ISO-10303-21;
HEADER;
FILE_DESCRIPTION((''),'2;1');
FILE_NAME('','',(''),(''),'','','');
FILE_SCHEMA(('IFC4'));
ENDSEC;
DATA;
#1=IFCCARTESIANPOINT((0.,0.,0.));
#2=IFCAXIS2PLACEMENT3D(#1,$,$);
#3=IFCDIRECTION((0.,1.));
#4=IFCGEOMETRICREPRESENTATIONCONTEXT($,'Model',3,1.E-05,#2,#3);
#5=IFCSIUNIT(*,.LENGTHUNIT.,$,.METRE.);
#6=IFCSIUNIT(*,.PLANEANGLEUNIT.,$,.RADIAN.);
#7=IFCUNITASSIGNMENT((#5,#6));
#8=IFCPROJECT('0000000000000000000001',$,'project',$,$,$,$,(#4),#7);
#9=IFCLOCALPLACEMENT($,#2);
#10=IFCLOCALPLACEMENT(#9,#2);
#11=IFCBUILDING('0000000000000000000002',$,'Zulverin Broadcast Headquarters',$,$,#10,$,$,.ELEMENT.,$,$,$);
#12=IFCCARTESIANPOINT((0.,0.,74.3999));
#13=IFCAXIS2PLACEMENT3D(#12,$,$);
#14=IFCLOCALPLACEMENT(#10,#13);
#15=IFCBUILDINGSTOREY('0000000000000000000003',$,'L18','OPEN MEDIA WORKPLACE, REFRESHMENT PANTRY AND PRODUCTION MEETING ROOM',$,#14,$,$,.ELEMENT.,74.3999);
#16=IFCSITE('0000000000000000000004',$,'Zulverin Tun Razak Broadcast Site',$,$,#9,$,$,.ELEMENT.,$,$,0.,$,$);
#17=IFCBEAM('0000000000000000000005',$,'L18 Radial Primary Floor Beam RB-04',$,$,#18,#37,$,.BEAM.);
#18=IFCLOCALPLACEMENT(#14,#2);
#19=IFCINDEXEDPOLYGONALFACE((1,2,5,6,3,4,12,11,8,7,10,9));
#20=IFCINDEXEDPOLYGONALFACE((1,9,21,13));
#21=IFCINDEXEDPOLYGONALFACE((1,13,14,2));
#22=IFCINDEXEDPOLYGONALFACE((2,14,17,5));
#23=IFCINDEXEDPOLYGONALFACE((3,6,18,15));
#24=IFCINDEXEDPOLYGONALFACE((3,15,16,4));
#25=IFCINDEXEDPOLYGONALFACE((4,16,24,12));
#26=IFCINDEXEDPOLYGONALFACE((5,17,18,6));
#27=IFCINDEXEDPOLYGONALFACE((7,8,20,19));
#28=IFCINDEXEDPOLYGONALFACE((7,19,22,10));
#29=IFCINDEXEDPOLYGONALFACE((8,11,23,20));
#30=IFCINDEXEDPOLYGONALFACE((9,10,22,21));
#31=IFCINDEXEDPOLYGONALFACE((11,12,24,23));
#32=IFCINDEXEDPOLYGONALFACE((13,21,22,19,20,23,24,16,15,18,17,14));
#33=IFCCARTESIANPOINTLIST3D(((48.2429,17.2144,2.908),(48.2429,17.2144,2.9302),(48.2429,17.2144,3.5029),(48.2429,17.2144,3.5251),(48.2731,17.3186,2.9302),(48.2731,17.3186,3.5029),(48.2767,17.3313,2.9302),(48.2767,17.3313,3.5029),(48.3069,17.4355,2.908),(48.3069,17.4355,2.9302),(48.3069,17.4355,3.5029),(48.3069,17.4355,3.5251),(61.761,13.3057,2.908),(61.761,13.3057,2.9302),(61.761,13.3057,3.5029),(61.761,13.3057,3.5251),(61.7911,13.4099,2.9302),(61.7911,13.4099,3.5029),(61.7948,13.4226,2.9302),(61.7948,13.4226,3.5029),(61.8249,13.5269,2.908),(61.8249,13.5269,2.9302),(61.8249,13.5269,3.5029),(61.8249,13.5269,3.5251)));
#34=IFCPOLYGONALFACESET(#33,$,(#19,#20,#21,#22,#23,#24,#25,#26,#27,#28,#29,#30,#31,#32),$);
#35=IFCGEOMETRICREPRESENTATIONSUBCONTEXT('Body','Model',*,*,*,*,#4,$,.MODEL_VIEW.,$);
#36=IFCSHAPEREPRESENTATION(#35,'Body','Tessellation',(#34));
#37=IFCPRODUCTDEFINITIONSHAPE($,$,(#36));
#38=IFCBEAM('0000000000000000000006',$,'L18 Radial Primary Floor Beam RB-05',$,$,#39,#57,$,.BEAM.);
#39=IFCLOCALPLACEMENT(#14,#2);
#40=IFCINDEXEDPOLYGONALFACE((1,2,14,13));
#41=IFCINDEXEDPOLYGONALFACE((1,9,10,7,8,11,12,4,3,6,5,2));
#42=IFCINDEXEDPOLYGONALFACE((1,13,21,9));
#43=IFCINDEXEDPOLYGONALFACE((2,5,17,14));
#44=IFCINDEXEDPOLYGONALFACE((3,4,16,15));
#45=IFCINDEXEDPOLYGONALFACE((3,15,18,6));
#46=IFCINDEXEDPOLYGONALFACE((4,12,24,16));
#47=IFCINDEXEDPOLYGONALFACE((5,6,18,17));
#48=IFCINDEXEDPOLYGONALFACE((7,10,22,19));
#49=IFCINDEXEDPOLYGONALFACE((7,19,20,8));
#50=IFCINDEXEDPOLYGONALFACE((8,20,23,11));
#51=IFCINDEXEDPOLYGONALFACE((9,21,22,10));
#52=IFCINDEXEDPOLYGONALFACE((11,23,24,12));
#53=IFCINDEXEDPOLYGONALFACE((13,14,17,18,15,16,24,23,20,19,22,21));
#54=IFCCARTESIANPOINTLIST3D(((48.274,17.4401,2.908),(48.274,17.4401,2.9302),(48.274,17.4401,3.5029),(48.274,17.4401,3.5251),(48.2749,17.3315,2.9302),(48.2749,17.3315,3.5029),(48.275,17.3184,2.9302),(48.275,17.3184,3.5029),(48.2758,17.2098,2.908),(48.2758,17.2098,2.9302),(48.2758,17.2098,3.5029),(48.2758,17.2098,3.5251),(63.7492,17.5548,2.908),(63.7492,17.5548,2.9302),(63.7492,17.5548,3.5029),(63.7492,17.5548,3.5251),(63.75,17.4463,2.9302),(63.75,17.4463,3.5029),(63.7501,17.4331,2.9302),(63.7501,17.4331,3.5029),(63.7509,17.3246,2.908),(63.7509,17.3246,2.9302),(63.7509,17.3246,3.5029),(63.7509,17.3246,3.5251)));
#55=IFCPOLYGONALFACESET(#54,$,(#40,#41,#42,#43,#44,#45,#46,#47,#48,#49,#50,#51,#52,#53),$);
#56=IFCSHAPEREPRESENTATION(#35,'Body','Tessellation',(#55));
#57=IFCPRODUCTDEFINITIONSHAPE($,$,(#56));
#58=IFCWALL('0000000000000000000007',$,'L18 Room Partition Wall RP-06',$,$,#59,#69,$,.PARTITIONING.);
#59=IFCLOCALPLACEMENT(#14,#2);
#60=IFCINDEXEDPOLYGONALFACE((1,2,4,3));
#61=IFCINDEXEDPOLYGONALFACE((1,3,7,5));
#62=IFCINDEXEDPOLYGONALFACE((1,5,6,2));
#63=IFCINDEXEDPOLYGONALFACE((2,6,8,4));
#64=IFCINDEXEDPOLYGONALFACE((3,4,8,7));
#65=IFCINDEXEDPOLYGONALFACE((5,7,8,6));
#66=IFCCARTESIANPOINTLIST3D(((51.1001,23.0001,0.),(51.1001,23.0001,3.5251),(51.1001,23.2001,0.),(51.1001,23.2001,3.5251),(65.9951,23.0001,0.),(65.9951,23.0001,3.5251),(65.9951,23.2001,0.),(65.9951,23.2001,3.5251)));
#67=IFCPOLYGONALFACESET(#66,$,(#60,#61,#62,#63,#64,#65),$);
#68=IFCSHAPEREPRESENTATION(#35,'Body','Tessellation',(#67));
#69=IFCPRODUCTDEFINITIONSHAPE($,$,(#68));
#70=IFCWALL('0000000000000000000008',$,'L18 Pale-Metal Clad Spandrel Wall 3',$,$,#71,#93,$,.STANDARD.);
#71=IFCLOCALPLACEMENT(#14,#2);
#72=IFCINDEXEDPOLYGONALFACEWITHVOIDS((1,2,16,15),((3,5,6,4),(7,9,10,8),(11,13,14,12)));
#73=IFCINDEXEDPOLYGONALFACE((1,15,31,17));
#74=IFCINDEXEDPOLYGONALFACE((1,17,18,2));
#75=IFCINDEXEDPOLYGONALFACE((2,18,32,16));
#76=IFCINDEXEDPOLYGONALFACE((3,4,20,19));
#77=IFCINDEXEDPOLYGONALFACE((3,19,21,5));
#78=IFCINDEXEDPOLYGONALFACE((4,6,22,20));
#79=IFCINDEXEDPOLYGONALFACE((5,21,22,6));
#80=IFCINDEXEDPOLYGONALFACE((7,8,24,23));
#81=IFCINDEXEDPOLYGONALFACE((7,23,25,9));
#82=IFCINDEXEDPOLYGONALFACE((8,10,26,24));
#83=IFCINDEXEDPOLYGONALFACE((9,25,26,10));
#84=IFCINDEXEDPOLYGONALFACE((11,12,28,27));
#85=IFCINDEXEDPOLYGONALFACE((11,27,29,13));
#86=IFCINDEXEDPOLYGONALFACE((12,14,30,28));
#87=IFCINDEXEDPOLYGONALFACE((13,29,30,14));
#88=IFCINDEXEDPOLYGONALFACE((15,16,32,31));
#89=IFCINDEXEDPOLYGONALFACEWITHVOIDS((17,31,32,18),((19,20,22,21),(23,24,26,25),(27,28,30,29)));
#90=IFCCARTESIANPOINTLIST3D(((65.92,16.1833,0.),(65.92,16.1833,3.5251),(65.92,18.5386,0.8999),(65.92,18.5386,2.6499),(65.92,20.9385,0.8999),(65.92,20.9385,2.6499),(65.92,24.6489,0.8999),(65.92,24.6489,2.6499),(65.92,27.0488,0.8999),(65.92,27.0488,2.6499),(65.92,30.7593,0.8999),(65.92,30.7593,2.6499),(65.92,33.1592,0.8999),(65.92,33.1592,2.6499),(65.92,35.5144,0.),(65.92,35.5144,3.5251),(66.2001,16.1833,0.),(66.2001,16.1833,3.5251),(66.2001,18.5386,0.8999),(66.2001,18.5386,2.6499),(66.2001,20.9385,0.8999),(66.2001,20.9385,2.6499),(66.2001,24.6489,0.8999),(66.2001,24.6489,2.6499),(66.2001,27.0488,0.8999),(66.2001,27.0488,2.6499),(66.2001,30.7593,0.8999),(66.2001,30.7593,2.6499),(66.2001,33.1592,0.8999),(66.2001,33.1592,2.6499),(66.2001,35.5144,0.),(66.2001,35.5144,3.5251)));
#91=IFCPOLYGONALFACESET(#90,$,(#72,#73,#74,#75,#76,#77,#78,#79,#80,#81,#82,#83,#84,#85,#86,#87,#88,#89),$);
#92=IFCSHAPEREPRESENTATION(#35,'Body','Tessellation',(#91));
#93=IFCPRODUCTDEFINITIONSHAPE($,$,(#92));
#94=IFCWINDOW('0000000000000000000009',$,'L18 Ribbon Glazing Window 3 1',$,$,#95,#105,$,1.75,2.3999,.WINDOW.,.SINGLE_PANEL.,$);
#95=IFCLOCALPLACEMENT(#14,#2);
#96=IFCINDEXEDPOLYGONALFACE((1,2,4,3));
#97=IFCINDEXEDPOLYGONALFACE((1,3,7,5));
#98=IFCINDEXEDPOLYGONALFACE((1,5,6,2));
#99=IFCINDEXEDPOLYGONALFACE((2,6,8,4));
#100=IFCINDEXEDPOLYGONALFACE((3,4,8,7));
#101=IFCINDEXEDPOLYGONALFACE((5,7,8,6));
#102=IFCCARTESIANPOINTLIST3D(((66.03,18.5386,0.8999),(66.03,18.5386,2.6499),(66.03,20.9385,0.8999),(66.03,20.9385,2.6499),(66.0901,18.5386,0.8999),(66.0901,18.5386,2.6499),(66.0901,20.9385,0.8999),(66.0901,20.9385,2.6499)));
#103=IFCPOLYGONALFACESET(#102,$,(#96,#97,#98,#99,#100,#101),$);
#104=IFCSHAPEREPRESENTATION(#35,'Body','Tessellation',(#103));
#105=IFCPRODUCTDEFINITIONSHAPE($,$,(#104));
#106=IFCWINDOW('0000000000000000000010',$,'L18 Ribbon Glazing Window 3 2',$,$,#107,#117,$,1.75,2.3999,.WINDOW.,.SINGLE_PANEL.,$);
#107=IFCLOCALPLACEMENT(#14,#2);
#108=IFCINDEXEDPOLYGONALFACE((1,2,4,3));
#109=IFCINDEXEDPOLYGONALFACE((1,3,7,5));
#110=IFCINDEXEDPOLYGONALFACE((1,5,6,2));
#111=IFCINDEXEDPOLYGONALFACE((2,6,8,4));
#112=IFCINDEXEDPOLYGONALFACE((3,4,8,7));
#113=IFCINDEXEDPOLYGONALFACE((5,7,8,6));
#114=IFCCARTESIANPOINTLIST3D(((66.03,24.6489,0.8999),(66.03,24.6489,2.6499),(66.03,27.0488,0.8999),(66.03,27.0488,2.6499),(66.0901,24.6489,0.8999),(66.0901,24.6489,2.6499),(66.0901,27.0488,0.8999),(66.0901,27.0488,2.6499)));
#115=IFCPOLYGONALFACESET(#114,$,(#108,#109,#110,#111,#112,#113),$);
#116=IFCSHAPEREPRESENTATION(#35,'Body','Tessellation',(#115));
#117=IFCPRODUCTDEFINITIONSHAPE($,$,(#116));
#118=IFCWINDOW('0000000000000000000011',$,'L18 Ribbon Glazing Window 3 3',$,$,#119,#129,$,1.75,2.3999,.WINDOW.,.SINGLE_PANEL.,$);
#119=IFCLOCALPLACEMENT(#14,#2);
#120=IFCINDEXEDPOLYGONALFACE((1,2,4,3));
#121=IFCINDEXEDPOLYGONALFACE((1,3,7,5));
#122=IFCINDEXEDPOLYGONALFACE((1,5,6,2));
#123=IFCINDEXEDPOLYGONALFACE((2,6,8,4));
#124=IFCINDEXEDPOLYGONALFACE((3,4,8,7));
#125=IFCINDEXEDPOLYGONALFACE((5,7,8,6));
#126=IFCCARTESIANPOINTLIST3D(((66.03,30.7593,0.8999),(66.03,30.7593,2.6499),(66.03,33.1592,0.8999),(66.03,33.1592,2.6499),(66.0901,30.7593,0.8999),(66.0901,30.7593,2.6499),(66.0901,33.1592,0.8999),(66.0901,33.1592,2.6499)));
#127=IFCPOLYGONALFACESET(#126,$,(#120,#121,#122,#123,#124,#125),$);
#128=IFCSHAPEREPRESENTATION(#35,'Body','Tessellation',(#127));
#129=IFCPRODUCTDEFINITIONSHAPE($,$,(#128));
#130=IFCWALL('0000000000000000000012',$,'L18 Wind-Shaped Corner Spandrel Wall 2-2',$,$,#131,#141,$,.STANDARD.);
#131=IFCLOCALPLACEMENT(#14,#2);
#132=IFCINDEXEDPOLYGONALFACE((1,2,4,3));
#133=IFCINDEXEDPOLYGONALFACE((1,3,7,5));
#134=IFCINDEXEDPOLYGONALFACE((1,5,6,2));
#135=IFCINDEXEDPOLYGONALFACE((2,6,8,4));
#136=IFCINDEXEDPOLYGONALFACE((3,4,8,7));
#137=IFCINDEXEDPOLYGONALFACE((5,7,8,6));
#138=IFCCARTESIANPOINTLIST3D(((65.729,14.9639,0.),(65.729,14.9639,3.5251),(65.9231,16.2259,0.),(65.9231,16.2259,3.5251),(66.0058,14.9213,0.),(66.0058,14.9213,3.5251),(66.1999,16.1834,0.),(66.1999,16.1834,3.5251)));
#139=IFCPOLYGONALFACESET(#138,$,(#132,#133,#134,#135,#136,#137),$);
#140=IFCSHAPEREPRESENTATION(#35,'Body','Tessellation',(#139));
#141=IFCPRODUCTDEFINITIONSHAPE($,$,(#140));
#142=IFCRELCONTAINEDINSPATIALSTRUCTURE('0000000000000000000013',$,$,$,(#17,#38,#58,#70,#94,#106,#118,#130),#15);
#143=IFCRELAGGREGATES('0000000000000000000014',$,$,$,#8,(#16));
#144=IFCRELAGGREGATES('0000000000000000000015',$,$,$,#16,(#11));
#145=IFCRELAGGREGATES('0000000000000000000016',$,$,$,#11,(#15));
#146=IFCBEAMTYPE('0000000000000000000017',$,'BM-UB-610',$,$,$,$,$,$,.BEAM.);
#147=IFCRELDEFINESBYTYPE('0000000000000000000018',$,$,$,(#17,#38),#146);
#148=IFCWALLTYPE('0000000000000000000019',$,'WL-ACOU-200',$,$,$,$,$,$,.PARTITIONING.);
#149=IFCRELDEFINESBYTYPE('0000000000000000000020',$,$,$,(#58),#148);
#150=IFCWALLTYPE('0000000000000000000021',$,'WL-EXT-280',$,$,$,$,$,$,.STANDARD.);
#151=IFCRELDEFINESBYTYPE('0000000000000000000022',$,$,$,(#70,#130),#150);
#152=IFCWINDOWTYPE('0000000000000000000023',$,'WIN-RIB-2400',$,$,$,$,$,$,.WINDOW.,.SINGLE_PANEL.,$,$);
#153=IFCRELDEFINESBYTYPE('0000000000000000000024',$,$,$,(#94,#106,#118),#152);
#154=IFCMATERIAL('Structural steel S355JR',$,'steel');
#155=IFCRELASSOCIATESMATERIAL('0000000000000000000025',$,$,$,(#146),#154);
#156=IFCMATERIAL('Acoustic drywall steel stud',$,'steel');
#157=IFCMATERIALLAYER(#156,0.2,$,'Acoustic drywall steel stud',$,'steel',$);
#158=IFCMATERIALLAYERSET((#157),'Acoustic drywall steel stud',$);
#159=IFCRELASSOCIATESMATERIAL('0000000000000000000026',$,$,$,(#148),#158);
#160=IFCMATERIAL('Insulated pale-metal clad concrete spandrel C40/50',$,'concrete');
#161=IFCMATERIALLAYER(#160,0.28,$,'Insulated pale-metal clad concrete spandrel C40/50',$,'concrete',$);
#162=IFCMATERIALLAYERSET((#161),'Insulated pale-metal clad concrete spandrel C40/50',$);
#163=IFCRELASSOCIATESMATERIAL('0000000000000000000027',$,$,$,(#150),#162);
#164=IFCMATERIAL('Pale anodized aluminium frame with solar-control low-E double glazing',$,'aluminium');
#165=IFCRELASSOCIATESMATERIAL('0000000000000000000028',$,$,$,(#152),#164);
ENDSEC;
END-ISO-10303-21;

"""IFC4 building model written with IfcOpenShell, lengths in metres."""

from ifc_helpers import new_model, si_unit, direction, frame, frame_2d, origin, origin_2d, place, context, subcontext, project, spatial, rectangle, i_section, extrude, material, layer, layer_set, material_profile, profile_set, type_object, element, fill, save


model = new_model("IFC4")

# Units and contexts
model_context = context("Model", 3, precision=1e-05, world=origin(), true_north=direction((0.0, 1.0)))
body_context = subcontext(model_context, "Body", "Model", "MODEL_VIEW")
ifc_project = project(units=[si_unit("LENGTHUNIT", "METRE"), si_unit("PLANEANGLEUNIT", "RADIAN")], contexts=[model_context])

# Site, building, storey
site_placement = place(None, origin())
site = spatial("IfcSite", under=ifc_project, at=site_placement, Name="Zulverin Tun Razak Broadcast Site", CompositionType="ELEMENT", RefElevation=0.0)
building_placement = place(site_placement, origin())
building = spatial("IfcBuilding", under=site, at=building_placement, Name="Zulverin Broadcast Headquarters", CompositionType="ELEMENT")
storey_placement = place(building_placement, frame((0.0, 0.0, 74.3999)))
storey = spatial("IfcBuildingStorey", under=building, at=storey_placement, Name="L18", Description="OPEN MEDIA WORKPLACE, REFRESHMENT PANTRY AND PRODUCTION MEETING ROOM", CompositionType="ELEMENT", Elevation=74.3999)

# Beams
ifc_material_1 = material(Name="Structural steel S355JR", Category="steel")
ifc_material_profile_1 = material_profile(ifc_material_1, i_section(OverallWidth=0.2302, OverallDepth=0.6172, WebThickness=0.0132, FlangeThickness=0.0222, at=origin_2d()), Name="Structural steel S355JR", Category="steel")
ifc_profile_set_1 = profile_set([ifc_material_profile_1], Name="Structural steel S355JR")
beam_type_1 = type_object("IfcBeamType", Name="BM-UB-610", PredefinedType="BEAM", material=ifc_profile_set_1)
beam_1_placement = place(storey_placement, frame((48.2749, 17.325, 3.2166), z_axis=(0.960648, -0.277767, 0.0), x_axis=(0.277767, 0.960648, 0.0)))
element("IfcBeam", 1, at=beam_1_placement, inside=storey, type_object=beam_type_1, Name="L18 Radial Primary Floor Beam RB-04", PredefinedType="BEAM", context=body_context, shape_type="SweptSolid", body=[
    extrude(i_section(OverallWidth=0.2302, OverallDepth=0.6172, WebThickness=0.0132, FlangeThickness=0.0222, at=origin_2d()), origin(), (0.0, 0.0, 1.0), 14.0718),
])
beam_2_placement = place(storey_placement, frame((48.2749, 17.325, 3.2166), z_axis=(0.999973, 0.007415, 0.0), x_axis=(-0.007415, 0.999973, 0.0)))
element("IfcBeam", 2, at=beam_2_placement, inside=storey, type_object=beam_type_1, Name="L18 Radial Primary Floor Beam RB-05", PredefinedType="BEAM", context=body_context, shape_type="SweptSolid", body=[
    extrude(i_section(OverallWidth=0.2302, OverallDepth=0.6172, WebThickness=0.0132, FlangeThickness=0.0222, at=origin_2d()), origin(), (0.0, 0.0, 1.0), 15.4756),
])

# Wall
ifc_material_2 = material(Name="Acoustic drywall steel stud", Category="steel")
ifc_layer_1 = layer(ifc_material_2, 0.2, Name="Acoustic drywall steel stud", Category="steel")
ifc_layer_set_1 = layer_set([ifc_layer_1], Name="Acoustic drywall steel stud")
wall_type_1 = type_object("IfcWallType", Name="WL-ACOU-200", PredefinedType="PARTITIONING", material=ifc_layer_set_1)
wall_1_placement = place(storey_placement, frame((51.1001, 23.1001, 0.0), z_axis=(0.0, 0.0, 1.0), x_axis=(1.0, 0.0, 0.0)))
element("IfcWall", 3, at=wall_1_placement, inside=storey, type_object=wall_type_1, Name="L18 Room Partition Wall RP-06", PredefinedType="PARTITIONING", context=body_context, shape_type="SweptSolid", body=[
    extrude(rectangle(XDim=14.895, YDim=0.2, at=frame_2d((7.4475, 0.0))), origin(), (0.0, 0.0, 1.0), 3.5251),
])

# Wall, openings, windows
ifc_material_3 = material(Name="Insulated pale-metal clad concrete spandrel C40/50", Category="concrete")
ifc_layer_2 = layer(ifc_material_3, 0.28, Name="Insulated pale-metal clad concrete spandrel C40/50", Category="concrete")
ifc_layer_set_2 = layer_set([ifc_layer_2], Name="Insulated pale-metal clad concrete spandrel C40/50")
wall_type_2 = type_object("IfcWallType", Name="WL-EXT-280", PredefinedType="STANDARD", material=ifc_layer_set_2)
wall_2_placement = place(storey_placement, frame((66.0601, 16.1833, 0.0), z_axis=(0.0, 0.0, 1.0), x_axis=(0.0, 1.0, 0.0)))
wall_2 = element("IfcWall", 4, at=wall_2_placement, inside=storey, type_object=wall_type_2, Name="L18 Pale-Metal Clad Spandrel Wall 3", PredefinedType="STANDARD", context=body_context, shape_type="SweptSolid", body=[
    extrude(rectangle(XDim=19.3311, YDim=0.28, at=frame_2d((9.6655, 0.0))), origin(), (0.0, 0.0, 1.0), 3.5251),
])
opening_1_placement = place(wall_2_placement, frame((2.3552, 0.0, 0.8999)))
opening_1 = element("IfcOpeningElement", 5, at=opening_1_placement, cuts=wall_2, PredefinedType="OPENING", context=body_context, shape_type="SweptSolid", body=[
    extrude(rectangle(XDim=2.3999, YDim=1.75, at=frame_2d((1.2, 0.875))), frame((0.0, 0.1499, 0.0), z_axis=(0.0, -1.0, 0.0), x_axis=(1.0, 0.0, 0.0)), (0.0, 0.0, 1.0), 0.3),
])
opening_2_placement = place(wall_2_placement, frame((8.4656, 0.0, 0.8999)))
opening_2 = element("IfcOpeningElement", 6, at=opening_2_placement, cuts=wall_2, PredefinedType="OPENING", context=body_context, shape_type="SweptSolid", body=[
    extrude(rectangle(XDim=2.3999, YDim=1.75, at=frame_2d((1.2, 0.875))), frame((0.0, 0.1499, 0.0), z_axis=(0.0, -1.0, 0.0), x_axis=(1.0, 0.0, 0.0)), (0.0, 0.0, 1.0), 0.3),
])
opening_3_placement = place(wall_2_placement, frame((14.5759, 0.0, 0.8999)))
opening_3 = element("IfcOpeningElement", 7, at=opening_3_placement, cuts=wall_2, PredefinedType="OPENING", context=body_context, shape_type="SweptSolid", body=[
    extrude(rectangle(XDim=2.3999, YDim=1.75, at=frame_2d((1.2, 0.875))), frame((0.0, 0.1499, 0.0), z_axis=(0.0, -1.0, 0.0), x_axis=(1.0, 0.0, 0.0)), (0.0, 0.0, 1.0), 0.3),
])
ifc_material_4 = material(Name="Pale anodized aluminium frame with solar-control low-E double glazing", Category="aluminium")
window_type = type_object("IfcWindowType", Name="WIN-RIB-2400", PartitioningType="SINGLE_PANEL", PredefinedType="WINDOW", material=ifc_material_4)
window_1_placement = place(opening_1_placement, origin())
window_1 = element("IfcWindow", 8, at=window_1_placement, inside=storey, type_object=window_type, Name="L18 Ribbon Glazing Window 3 1", OverallHeight=1.75, OverallWidth=2.3999, PartitioningType="SINGLE_PANEL", PredefinedType="WINDOW", context=body_context, shape_type="SweptSolid", body=[
    extrude(rectangle(XDim=2.3999, YDim=1.75, at=frame_2d((1.2, 0.875))), frame((0.0, 0.03, 0.0), z_axis=(0.0, -1.0, 0.0), x_axis=(1.0, 0.0, 0.0)), (0.0, 0.0, 1.0), 0.0601),
])
fill(opening_1, window_1)
window_2_placement = place(opening_2_placement, origin())
window_2 = element("IfcWindow", 9, at=window_2_placement, inside=storey, type_object=window_type, Name="L18 Ribbon Glazing Window 3 2", OverallHeight=1.75, OverallWidth=2.3999, PartitioningType="SINGLE_PANEL", PredefinedType="WINDOW", context=body_context, shape_type="SweptSolid", body=[
    extrude(rectangle(XDim=2.3999, YDim=1.75, at=frame_2d((1.2, 0.875))), frame((0.0, 0.03, 0.0), z_axis=(0.0, -1.0, 0.0), x_axis=(1.0, 0.0, 0.0)), (0.0, 0.0, 1.0), 0.0601),
])
fill(opening_2, window_2)
window_3_placement = place(opening_3_placement, origin())
window_3 = element("IfcWindow", 10, at=window_3_placement, inside=storey, type_object=window_type, Name="L18 Ribbon Glazing Window 3 3", OverallHeight=1.75, OverallWidth=2.3999, PartitioningType="SINGLE_PANEL", PredefinedType="WINDOW", context=body_context, shape_type="SweptSolid", body=[
    extrude(rectangle(XDim=2.3999, YDim=1.75, at=frame_2d((1.2, 0.875))), frame((0.0, 0.03, 0.0), z_axis=(0.0, -1.0, 0.0), x_axis=(1.0, 0.0, 0.0)), (0.0, 0.0, 1.0), 0.0601),
])
fill(opening_3, window_3)

# Wall
wall_3_placement = place(storey_placement, frame((65.8674, 14.9426, 0.0), z_axis=(0.0, 0.0, 1.0), x_axis=(0.152014, 0.988378, 0.0)))
element("IfcWall", 11, at=wall_3_placement, inside=storey, type_object=wall_type_2, Name="L18 Wind-Shaped Corner Spandrel Wall 2-2", PredefinedType="STANDARD", context=body_context, shape_type="SweptSolid", body=[
    extrude(rectangle(XDim=1.2769, YDim=0.28, at=frame_2d((0.6384, 0.0))), origin(), (0.0, 0.0, 1.0), 3.5251),
])

save(model, "model.ifc")
